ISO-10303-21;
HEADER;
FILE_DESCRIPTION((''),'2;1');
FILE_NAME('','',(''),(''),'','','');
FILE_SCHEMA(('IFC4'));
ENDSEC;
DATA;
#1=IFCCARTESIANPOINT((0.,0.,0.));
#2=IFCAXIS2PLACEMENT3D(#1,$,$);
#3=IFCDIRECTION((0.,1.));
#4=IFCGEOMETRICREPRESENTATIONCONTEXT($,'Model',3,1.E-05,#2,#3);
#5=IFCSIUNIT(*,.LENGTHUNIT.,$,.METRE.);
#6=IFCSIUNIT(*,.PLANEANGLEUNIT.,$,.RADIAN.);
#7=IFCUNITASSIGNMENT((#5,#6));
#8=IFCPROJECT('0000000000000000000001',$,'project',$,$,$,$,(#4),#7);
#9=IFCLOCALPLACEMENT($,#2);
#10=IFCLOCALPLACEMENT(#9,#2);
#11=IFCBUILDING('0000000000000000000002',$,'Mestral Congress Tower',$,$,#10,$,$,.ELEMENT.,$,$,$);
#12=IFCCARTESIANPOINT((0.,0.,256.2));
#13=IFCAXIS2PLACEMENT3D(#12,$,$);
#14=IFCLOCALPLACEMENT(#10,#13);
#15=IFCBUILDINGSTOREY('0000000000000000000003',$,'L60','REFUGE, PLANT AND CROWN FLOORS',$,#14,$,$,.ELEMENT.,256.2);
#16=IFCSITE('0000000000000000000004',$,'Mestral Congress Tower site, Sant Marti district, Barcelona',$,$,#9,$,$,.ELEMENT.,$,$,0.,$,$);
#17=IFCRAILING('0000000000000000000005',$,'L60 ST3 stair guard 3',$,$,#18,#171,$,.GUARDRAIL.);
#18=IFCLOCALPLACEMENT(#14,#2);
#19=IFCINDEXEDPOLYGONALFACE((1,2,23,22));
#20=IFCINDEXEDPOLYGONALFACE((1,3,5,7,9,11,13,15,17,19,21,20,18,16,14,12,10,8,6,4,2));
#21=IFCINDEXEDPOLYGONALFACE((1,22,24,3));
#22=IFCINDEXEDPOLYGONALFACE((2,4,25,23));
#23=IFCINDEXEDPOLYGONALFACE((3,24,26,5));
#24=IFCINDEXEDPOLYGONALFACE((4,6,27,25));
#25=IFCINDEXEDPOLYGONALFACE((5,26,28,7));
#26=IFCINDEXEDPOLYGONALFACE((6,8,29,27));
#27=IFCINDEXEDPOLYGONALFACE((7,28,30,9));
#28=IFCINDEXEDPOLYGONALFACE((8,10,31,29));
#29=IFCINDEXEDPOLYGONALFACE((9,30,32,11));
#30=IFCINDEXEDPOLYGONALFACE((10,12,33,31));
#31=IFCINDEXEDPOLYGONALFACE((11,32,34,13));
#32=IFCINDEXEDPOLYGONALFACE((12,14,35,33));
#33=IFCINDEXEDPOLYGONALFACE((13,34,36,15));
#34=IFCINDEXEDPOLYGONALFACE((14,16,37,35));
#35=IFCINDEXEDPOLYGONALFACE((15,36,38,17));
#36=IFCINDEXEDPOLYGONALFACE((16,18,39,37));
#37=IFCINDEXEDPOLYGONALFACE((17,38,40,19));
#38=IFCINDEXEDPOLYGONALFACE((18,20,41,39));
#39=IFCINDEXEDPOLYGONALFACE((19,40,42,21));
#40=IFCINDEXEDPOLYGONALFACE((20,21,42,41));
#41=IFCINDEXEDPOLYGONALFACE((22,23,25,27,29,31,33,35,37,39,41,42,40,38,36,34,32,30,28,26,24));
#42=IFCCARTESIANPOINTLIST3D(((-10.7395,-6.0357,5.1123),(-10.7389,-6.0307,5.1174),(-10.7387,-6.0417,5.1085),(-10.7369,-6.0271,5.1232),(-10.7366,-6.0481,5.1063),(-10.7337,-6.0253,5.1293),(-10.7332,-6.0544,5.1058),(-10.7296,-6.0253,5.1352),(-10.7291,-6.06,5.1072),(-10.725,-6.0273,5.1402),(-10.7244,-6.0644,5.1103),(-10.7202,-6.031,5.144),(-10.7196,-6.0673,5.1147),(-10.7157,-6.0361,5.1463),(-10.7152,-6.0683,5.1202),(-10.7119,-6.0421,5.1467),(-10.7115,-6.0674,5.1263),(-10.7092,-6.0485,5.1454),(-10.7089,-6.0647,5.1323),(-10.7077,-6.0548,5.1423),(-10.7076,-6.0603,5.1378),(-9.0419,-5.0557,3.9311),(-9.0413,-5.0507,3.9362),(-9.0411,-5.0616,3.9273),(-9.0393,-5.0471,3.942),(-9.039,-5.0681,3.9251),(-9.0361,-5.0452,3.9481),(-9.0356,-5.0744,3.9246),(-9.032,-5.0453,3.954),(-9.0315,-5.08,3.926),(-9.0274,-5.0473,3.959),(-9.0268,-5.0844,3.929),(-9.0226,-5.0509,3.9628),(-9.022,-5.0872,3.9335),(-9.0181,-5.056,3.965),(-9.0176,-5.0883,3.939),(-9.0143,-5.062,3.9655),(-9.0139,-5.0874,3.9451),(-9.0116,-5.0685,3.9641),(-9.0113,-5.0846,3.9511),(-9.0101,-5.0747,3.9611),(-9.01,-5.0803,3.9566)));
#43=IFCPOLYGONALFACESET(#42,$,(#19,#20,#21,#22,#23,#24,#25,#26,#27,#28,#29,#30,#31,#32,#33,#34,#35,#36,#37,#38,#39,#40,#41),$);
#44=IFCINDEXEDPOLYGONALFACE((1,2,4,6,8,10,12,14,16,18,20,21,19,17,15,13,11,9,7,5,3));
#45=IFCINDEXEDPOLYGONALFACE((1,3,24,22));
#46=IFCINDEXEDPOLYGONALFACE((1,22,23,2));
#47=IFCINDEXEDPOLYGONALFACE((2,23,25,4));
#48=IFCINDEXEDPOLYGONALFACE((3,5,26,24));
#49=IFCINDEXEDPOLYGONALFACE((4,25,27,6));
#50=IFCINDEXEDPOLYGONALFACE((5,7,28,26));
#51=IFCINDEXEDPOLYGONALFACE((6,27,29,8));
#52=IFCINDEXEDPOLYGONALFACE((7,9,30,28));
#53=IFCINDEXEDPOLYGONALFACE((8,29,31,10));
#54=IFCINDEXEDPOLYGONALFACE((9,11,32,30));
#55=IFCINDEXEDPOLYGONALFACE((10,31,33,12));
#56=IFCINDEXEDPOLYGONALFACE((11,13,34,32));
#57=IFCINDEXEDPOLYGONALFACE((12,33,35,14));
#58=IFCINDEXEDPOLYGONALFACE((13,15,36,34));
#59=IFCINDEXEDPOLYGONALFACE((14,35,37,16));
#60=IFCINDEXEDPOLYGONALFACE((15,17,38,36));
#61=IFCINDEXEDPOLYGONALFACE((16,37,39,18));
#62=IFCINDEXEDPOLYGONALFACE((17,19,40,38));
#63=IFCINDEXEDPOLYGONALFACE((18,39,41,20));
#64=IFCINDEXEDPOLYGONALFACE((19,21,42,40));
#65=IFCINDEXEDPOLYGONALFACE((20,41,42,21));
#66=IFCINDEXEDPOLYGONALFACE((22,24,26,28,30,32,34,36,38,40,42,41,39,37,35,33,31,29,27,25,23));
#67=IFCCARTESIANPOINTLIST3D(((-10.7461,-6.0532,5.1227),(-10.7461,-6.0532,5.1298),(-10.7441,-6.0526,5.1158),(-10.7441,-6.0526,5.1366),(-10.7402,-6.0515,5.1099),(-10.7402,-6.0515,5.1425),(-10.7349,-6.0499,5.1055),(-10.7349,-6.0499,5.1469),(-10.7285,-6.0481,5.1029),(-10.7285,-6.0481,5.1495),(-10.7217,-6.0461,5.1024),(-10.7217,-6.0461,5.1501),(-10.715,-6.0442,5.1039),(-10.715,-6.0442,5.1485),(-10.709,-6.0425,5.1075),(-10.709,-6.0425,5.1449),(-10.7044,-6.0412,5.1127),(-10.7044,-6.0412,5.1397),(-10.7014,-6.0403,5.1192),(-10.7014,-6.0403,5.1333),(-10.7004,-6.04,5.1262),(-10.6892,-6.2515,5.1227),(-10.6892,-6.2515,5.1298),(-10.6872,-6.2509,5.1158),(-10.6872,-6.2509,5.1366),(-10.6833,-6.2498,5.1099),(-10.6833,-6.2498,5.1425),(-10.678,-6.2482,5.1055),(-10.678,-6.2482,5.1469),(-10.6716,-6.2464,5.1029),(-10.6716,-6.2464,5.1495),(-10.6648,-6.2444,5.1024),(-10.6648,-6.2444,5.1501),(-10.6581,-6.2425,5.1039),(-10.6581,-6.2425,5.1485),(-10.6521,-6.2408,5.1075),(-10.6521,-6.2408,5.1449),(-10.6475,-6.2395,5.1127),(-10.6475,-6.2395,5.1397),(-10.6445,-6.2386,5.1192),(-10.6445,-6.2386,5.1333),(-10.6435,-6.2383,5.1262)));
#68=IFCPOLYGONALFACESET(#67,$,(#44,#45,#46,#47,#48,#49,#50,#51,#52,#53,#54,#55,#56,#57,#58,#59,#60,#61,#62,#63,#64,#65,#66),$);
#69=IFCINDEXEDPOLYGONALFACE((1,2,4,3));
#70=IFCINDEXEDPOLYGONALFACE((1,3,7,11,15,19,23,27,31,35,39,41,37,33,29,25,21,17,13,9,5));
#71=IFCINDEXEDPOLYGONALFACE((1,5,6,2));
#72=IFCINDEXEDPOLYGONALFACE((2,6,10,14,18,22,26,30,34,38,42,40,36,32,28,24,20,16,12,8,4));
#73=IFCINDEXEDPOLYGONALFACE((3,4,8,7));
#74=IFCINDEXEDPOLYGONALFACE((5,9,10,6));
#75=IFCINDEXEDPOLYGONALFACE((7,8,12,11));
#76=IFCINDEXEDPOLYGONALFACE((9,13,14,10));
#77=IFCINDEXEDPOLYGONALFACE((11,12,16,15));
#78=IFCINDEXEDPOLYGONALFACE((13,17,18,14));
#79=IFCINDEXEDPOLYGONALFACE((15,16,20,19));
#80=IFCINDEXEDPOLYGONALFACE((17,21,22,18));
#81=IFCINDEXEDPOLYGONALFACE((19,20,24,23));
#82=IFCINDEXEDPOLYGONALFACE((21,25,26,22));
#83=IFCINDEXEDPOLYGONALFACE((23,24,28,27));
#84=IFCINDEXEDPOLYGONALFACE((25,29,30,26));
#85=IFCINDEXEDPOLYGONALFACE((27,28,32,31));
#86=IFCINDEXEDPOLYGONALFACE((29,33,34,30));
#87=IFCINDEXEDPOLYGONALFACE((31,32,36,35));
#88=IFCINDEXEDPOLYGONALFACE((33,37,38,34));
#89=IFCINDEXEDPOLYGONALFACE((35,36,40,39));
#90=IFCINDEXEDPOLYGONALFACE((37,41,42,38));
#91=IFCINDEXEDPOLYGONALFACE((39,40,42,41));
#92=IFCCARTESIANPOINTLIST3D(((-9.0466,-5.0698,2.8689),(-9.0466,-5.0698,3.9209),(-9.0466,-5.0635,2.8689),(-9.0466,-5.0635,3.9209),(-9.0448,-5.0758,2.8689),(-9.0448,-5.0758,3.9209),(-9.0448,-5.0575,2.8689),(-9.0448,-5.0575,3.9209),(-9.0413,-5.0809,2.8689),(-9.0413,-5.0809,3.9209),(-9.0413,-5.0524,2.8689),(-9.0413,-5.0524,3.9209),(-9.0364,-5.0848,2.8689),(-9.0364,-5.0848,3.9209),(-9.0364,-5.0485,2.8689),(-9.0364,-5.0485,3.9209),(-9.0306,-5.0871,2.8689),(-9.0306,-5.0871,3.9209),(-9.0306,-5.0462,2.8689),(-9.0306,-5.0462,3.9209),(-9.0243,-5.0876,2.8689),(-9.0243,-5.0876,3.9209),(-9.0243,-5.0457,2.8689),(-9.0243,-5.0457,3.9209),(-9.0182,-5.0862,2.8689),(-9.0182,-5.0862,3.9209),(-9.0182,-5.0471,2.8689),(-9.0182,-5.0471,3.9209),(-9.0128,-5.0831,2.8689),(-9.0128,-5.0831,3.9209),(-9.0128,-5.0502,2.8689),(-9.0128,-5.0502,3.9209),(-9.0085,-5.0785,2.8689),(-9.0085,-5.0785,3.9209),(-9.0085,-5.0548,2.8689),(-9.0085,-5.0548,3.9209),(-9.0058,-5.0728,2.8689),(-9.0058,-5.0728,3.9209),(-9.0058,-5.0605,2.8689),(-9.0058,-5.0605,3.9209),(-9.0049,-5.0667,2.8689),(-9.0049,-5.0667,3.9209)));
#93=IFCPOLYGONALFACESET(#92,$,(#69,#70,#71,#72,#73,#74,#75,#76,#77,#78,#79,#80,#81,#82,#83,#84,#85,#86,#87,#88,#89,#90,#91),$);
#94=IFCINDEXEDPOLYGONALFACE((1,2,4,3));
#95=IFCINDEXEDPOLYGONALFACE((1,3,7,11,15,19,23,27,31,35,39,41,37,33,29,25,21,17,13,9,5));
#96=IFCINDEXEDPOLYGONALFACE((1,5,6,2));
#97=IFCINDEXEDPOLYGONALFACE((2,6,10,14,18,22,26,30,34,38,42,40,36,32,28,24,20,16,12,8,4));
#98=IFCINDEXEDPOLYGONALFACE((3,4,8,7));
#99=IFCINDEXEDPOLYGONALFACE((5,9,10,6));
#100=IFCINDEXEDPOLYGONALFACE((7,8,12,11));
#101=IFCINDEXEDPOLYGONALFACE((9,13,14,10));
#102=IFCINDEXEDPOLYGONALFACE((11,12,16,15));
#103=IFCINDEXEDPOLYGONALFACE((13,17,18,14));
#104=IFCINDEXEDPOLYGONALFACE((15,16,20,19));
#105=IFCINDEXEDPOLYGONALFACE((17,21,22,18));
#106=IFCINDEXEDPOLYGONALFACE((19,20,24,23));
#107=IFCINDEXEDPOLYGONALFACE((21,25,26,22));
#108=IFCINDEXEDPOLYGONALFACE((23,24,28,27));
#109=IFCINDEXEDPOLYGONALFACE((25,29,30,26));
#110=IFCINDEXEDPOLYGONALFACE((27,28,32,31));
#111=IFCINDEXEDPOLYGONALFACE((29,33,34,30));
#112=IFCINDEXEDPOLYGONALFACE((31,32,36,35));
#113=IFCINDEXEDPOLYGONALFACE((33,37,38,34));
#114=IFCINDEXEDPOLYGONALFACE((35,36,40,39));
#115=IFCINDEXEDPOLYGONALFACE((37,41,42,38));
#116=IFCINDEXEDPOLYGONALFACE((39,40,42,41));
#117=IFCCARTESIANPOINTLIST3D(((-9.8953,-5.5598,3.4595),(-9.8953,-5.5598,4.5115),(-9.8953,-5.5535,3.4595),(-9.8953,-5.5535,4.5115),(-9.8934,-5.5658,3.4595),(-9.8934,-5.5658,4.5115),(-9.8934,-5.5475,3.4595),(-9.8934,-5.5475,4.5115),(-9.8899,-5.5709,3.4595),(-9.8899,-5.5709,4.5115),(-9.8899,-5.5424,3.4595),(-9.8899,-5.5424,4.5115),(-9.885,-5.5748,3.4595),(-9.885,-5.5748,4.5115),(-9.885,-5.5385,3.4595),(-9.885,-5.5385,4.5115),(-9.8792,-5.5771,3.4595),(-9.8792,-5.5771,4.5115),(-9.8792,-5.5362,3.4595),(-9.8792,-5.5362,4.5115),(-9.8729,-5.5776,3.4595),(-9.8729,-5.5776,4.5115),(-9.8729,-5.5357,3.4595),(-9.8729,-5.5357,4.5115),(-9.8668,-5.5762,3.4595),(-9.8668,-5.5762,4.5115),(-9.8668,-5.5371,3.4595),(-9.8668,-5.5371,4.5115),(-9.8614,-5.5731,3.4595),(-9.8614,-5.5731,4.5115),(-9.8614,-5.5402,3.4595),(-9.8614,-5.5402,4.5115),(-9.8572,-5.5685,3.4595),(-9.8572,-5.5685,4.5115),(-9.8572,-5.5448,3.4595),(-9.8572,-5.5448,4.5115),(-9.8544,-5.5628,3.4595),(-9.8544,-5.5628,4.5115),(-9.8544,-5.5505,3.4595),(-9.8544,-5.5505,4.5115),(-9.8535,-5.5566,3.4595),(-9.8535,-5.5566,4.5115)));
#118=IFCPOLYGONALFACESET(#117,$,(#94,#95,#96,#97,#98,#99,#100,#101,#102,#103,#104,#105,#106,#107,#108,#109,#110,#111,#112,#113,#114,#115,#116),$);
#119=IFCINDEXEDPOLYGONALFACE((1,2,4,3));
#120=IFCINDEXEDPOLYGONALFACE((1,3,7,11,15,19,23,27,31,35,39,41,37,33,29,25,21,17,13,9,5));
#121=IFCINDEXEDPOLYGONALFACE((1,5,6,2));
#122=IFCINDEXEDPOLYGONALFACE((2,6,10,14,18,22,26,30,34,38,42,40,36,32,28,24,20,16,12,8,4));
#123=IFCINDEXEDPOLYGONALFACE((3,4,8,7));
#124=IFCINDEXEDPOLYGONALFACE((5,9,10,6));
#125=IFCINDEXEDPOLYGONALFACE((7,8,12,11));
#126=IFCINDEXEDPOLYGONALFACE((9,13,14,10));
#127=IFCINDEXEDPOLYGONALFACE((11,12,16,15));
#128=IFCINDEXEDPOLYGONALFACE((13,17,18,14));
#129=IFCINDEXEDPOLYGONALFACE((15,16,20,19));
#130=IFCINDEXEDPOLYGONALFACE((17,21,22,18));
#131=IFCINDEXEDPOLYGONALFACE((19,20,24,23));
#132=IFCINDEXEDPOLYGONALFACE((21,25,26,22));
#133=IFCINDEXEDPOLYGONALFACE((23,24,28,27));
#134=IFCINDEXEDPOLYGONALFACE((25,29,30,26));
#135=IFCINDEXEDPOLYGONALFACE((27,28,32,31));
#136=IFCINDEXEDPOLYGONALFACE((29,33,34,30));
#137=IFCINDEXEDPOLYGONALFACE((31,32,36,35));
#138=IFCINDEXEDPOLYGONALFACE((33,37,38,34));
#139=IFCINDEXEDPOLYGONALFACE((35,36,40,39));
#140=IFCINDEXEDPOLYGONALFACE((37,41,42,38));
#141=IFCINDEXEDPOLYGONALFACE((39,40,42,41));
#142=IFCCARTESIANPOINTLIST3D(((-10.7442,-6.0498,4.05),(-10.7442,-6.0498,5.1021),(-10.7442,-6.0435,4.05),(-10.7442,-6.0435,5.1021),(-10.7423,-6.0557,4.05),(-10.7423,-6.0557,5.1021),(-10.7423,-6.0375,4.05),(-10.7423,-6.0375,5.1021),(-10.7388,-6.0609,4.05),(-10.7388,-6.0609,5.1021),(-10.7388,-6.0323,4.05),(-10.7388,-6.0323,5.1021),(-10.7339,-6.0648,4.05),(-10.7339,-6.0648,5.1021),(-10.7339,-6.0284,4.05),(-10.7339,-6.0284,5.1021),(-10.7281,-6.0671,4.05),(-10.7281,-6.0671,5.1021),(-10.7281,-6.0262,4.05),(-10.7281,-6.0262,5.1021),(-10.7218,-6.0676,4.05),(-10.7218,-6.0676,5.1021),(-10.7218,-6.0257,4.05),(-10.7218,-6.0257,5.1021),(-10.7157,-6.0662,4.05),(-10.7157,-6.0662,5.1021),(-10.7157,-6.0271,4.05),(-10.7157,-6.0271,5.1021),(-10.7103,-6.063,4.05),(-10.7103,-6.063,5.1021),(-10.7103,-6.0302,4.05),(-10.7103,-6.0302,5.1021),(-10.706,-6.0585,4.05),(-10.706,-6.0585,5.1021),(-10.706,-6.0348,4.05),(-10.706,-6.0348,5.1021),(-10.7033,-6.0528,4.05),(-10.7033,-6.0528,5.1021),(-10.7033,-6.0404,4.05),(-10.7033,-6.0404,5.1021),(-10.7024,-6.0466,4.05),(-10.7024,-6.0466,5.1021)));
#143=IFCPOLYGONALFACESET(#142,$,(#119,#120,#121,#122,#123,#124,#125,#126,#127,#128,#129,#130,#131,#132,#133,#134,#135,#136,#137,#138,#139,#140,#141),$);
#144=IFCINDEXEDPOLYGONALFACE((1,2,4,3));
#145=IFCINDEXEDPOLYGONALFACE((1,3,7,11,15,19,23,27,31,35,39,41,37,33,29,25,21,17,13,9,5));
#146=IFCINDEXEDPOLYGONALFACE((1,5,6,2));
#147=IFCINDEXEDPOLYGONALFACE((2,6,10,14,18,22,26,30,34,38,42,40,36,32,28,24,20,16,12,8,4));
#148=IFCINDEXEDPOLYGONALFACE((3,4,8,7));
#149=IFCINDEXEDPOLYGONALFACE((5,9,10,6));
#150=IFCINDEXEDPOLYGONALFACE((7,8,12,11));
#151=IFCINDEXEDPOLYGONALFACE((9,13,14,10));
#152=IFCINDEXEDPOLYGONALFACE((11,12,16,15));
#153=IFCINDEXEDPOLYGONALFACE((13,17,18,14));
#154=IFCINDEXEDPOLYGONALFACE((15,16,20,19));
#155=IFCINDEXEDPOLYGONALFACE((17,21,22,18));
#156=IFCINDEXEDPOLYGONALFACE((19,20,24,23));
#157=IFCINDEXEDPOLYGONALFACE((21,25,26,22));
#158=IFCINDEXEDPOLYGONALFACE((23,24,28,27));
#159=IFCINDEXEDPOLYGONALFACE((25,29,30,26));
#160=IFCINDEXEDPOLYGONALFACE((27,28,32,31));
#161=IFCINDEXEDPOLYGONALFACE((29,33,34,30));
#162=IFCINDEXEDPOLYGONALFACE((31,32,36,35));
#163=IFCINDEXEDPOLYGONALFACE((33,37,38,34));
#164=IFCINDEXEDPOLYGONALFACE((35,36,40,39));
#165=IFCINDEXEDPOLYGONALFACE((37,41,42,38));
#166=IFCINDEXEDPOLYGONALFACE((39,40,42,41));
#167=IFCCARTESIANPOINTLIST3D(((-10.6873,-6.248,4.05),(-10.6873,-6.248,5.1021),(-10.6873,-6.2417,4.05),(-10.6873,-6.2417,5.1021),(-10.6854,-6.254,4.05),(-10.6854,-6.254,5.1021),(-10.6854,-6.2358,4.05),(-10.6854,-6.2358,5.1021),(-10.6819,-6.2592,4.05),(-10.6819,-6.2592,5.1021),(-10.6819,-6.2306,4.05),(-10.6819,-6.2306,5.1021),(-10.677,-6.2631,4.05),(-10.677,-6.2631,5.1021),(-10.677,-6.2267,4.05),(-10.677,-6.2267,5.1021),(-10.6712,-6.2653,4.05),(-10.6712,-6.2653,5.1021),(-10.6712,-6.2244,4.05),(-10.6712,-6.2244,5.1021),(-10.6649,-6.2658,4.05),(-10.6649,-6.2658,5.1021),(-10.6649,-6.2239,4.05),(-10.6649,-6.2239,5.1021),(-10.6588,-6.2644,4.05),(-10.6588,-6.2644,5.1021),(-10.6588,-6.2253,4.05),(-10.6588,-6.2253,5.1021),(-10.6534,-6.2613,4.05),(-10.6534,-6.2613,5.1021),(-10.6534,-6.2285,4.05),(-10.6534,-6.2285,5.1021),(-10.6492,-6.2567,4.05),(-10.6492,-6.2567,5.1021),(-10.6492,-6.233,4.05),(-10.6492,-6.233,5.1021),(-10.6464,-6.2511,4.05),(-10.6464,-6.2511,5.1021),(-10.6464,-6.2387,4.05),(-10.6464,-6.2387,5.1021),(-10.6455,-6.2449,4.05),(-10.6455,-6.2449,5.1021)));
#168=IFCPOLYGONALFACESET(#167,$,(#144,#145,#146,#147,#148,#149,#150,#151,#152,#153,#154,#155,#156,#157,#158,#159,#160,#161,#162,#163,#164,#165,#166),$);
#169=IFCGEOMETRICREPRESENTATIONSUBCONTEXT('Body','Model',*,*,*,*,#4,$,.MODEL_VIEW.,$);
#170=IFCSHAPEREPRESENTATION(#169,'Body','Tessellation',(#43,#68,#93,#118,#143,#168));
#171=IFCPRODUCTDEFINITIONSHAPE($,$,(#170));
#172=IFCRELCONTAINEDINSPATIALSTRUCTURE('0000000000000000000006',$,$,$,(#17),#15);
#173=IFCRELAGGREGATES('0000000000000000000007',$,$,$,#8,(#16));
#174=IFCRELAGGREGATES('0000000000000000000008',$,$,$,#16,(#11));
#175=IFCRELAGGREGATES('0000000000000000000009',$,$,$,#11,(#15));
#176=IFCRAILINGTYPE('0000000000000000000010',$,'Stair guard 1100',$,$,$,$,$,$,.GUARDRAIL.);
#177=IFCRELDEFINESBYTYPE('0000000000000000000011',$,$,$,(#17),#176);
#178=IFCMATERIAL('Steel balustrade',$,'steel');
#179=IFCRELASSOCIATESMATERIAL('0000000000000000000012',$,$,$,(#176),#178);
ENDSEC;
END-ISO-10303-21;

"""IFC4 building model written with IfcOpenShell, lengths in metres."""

from ifc_helpers import new_model, si_unit, direction, frame, origin, origin_2d, place, context, subcontext, project, spatial, circle, extrude, material, type_object, element, save


model = new_model("IFC4")

# Units and contexts
model_context = context("Model", 3, precision=1e-05, world=origin(), true_north=direction((0.0, 1.0)))
body_context = subcontext(model_context, "Body", "Model", "MODEL_VIEW")
ifc_project = project(units=[si_unit("LENGTHUNIT", "METRE"), si_unit("PLANEANGLEUNIT", "RADIAN")], contexts=[model_context])

# Site, building, storey
site_placement = place(None, origin())
site = spatial("IfcSite", under=ifc_project, at=site_placement, Name="Mestral Congress Tower site, Sant Marti district, Barcelona", CompositionType="ELEMENT", RefElevation=0.0)
building_placement = place(site_placement, origin())
building = spatial("IfcBuilding", under=site, at=building_placement, Name="Mestral Congress Tower", CompositionType="ELEMENT")
storey_placement = place(building_placement, frame((0.0, 0.0, 256.2)))
storey = spatial("IfcBuildingStorey", under=building, at=storey_placement, Name="L60", Description="REFUGE, PLANT AND CROWN FLOORS", CompositionType="ELEMENT", Elevation=256.2)

# Railing
ifc_material_1 = material(Name="Steel balustrade", Category="steel")
railing_type_1 = type_object("IfcRailingType", Name="Stair guard 1100", PredefinedType="GUARDRAIL", material=ifc_material_1)
railing_1_placement = place(storey_placement, frame((-9.0259, -5.0667, 2.8689)))
element("IfcRailing", 1, at=railing_1_placement, inside=storey, type_object=railing_type_1, Name="L60 ST3 stair guard 3", PredefinedType="GUARDRAIL", context=body_context, shape_type="SweptSolid", body=[
    extrude(circle(Radius=0.0239, at=origin_2d()), frame((0.0, 0.0, 1.0762), z_axis=(-0.741771, -0.428228, 0.516135), x_axis=(0.49997, -0.866042, 0.0)), (0.0, 0.0, 1.0), 2.2886),
    extrude(circle(Radius=0.0239, at=origin_2d()), frame((-1.6975, -0.98, 2.2573), z_axis=(0.275815, -0.961211, 0.0), x_axis=(0.961211, 0.275815, 0.0)), (0.0, 0.0, 1.0), 0.2063),
    extrude(circle(Radius=0.021, at=origin_2d()), origin(), (0.0, 0.0, 1.0), 1.052),
    extrude(circle(Radius=0.021, at=origin_2d()), frame((-0.8486, -0.49, 0.5906)), (0.0, 0.0, 1.0), 1.052),
    extrude(circle(Radius=0.021, at=origin_2d()), frame((-1.6975, -0.98, 1.1812)), (0.0, 0.0, 1.0), 1.052),
    extrude(circle(Radius=0.021, at=origin_2d()), frame((-1.6406, -1.1782, 1.1812)), (0.0, 0.0, 1.0), 1.052),
])

save(model, "model.ifc")
